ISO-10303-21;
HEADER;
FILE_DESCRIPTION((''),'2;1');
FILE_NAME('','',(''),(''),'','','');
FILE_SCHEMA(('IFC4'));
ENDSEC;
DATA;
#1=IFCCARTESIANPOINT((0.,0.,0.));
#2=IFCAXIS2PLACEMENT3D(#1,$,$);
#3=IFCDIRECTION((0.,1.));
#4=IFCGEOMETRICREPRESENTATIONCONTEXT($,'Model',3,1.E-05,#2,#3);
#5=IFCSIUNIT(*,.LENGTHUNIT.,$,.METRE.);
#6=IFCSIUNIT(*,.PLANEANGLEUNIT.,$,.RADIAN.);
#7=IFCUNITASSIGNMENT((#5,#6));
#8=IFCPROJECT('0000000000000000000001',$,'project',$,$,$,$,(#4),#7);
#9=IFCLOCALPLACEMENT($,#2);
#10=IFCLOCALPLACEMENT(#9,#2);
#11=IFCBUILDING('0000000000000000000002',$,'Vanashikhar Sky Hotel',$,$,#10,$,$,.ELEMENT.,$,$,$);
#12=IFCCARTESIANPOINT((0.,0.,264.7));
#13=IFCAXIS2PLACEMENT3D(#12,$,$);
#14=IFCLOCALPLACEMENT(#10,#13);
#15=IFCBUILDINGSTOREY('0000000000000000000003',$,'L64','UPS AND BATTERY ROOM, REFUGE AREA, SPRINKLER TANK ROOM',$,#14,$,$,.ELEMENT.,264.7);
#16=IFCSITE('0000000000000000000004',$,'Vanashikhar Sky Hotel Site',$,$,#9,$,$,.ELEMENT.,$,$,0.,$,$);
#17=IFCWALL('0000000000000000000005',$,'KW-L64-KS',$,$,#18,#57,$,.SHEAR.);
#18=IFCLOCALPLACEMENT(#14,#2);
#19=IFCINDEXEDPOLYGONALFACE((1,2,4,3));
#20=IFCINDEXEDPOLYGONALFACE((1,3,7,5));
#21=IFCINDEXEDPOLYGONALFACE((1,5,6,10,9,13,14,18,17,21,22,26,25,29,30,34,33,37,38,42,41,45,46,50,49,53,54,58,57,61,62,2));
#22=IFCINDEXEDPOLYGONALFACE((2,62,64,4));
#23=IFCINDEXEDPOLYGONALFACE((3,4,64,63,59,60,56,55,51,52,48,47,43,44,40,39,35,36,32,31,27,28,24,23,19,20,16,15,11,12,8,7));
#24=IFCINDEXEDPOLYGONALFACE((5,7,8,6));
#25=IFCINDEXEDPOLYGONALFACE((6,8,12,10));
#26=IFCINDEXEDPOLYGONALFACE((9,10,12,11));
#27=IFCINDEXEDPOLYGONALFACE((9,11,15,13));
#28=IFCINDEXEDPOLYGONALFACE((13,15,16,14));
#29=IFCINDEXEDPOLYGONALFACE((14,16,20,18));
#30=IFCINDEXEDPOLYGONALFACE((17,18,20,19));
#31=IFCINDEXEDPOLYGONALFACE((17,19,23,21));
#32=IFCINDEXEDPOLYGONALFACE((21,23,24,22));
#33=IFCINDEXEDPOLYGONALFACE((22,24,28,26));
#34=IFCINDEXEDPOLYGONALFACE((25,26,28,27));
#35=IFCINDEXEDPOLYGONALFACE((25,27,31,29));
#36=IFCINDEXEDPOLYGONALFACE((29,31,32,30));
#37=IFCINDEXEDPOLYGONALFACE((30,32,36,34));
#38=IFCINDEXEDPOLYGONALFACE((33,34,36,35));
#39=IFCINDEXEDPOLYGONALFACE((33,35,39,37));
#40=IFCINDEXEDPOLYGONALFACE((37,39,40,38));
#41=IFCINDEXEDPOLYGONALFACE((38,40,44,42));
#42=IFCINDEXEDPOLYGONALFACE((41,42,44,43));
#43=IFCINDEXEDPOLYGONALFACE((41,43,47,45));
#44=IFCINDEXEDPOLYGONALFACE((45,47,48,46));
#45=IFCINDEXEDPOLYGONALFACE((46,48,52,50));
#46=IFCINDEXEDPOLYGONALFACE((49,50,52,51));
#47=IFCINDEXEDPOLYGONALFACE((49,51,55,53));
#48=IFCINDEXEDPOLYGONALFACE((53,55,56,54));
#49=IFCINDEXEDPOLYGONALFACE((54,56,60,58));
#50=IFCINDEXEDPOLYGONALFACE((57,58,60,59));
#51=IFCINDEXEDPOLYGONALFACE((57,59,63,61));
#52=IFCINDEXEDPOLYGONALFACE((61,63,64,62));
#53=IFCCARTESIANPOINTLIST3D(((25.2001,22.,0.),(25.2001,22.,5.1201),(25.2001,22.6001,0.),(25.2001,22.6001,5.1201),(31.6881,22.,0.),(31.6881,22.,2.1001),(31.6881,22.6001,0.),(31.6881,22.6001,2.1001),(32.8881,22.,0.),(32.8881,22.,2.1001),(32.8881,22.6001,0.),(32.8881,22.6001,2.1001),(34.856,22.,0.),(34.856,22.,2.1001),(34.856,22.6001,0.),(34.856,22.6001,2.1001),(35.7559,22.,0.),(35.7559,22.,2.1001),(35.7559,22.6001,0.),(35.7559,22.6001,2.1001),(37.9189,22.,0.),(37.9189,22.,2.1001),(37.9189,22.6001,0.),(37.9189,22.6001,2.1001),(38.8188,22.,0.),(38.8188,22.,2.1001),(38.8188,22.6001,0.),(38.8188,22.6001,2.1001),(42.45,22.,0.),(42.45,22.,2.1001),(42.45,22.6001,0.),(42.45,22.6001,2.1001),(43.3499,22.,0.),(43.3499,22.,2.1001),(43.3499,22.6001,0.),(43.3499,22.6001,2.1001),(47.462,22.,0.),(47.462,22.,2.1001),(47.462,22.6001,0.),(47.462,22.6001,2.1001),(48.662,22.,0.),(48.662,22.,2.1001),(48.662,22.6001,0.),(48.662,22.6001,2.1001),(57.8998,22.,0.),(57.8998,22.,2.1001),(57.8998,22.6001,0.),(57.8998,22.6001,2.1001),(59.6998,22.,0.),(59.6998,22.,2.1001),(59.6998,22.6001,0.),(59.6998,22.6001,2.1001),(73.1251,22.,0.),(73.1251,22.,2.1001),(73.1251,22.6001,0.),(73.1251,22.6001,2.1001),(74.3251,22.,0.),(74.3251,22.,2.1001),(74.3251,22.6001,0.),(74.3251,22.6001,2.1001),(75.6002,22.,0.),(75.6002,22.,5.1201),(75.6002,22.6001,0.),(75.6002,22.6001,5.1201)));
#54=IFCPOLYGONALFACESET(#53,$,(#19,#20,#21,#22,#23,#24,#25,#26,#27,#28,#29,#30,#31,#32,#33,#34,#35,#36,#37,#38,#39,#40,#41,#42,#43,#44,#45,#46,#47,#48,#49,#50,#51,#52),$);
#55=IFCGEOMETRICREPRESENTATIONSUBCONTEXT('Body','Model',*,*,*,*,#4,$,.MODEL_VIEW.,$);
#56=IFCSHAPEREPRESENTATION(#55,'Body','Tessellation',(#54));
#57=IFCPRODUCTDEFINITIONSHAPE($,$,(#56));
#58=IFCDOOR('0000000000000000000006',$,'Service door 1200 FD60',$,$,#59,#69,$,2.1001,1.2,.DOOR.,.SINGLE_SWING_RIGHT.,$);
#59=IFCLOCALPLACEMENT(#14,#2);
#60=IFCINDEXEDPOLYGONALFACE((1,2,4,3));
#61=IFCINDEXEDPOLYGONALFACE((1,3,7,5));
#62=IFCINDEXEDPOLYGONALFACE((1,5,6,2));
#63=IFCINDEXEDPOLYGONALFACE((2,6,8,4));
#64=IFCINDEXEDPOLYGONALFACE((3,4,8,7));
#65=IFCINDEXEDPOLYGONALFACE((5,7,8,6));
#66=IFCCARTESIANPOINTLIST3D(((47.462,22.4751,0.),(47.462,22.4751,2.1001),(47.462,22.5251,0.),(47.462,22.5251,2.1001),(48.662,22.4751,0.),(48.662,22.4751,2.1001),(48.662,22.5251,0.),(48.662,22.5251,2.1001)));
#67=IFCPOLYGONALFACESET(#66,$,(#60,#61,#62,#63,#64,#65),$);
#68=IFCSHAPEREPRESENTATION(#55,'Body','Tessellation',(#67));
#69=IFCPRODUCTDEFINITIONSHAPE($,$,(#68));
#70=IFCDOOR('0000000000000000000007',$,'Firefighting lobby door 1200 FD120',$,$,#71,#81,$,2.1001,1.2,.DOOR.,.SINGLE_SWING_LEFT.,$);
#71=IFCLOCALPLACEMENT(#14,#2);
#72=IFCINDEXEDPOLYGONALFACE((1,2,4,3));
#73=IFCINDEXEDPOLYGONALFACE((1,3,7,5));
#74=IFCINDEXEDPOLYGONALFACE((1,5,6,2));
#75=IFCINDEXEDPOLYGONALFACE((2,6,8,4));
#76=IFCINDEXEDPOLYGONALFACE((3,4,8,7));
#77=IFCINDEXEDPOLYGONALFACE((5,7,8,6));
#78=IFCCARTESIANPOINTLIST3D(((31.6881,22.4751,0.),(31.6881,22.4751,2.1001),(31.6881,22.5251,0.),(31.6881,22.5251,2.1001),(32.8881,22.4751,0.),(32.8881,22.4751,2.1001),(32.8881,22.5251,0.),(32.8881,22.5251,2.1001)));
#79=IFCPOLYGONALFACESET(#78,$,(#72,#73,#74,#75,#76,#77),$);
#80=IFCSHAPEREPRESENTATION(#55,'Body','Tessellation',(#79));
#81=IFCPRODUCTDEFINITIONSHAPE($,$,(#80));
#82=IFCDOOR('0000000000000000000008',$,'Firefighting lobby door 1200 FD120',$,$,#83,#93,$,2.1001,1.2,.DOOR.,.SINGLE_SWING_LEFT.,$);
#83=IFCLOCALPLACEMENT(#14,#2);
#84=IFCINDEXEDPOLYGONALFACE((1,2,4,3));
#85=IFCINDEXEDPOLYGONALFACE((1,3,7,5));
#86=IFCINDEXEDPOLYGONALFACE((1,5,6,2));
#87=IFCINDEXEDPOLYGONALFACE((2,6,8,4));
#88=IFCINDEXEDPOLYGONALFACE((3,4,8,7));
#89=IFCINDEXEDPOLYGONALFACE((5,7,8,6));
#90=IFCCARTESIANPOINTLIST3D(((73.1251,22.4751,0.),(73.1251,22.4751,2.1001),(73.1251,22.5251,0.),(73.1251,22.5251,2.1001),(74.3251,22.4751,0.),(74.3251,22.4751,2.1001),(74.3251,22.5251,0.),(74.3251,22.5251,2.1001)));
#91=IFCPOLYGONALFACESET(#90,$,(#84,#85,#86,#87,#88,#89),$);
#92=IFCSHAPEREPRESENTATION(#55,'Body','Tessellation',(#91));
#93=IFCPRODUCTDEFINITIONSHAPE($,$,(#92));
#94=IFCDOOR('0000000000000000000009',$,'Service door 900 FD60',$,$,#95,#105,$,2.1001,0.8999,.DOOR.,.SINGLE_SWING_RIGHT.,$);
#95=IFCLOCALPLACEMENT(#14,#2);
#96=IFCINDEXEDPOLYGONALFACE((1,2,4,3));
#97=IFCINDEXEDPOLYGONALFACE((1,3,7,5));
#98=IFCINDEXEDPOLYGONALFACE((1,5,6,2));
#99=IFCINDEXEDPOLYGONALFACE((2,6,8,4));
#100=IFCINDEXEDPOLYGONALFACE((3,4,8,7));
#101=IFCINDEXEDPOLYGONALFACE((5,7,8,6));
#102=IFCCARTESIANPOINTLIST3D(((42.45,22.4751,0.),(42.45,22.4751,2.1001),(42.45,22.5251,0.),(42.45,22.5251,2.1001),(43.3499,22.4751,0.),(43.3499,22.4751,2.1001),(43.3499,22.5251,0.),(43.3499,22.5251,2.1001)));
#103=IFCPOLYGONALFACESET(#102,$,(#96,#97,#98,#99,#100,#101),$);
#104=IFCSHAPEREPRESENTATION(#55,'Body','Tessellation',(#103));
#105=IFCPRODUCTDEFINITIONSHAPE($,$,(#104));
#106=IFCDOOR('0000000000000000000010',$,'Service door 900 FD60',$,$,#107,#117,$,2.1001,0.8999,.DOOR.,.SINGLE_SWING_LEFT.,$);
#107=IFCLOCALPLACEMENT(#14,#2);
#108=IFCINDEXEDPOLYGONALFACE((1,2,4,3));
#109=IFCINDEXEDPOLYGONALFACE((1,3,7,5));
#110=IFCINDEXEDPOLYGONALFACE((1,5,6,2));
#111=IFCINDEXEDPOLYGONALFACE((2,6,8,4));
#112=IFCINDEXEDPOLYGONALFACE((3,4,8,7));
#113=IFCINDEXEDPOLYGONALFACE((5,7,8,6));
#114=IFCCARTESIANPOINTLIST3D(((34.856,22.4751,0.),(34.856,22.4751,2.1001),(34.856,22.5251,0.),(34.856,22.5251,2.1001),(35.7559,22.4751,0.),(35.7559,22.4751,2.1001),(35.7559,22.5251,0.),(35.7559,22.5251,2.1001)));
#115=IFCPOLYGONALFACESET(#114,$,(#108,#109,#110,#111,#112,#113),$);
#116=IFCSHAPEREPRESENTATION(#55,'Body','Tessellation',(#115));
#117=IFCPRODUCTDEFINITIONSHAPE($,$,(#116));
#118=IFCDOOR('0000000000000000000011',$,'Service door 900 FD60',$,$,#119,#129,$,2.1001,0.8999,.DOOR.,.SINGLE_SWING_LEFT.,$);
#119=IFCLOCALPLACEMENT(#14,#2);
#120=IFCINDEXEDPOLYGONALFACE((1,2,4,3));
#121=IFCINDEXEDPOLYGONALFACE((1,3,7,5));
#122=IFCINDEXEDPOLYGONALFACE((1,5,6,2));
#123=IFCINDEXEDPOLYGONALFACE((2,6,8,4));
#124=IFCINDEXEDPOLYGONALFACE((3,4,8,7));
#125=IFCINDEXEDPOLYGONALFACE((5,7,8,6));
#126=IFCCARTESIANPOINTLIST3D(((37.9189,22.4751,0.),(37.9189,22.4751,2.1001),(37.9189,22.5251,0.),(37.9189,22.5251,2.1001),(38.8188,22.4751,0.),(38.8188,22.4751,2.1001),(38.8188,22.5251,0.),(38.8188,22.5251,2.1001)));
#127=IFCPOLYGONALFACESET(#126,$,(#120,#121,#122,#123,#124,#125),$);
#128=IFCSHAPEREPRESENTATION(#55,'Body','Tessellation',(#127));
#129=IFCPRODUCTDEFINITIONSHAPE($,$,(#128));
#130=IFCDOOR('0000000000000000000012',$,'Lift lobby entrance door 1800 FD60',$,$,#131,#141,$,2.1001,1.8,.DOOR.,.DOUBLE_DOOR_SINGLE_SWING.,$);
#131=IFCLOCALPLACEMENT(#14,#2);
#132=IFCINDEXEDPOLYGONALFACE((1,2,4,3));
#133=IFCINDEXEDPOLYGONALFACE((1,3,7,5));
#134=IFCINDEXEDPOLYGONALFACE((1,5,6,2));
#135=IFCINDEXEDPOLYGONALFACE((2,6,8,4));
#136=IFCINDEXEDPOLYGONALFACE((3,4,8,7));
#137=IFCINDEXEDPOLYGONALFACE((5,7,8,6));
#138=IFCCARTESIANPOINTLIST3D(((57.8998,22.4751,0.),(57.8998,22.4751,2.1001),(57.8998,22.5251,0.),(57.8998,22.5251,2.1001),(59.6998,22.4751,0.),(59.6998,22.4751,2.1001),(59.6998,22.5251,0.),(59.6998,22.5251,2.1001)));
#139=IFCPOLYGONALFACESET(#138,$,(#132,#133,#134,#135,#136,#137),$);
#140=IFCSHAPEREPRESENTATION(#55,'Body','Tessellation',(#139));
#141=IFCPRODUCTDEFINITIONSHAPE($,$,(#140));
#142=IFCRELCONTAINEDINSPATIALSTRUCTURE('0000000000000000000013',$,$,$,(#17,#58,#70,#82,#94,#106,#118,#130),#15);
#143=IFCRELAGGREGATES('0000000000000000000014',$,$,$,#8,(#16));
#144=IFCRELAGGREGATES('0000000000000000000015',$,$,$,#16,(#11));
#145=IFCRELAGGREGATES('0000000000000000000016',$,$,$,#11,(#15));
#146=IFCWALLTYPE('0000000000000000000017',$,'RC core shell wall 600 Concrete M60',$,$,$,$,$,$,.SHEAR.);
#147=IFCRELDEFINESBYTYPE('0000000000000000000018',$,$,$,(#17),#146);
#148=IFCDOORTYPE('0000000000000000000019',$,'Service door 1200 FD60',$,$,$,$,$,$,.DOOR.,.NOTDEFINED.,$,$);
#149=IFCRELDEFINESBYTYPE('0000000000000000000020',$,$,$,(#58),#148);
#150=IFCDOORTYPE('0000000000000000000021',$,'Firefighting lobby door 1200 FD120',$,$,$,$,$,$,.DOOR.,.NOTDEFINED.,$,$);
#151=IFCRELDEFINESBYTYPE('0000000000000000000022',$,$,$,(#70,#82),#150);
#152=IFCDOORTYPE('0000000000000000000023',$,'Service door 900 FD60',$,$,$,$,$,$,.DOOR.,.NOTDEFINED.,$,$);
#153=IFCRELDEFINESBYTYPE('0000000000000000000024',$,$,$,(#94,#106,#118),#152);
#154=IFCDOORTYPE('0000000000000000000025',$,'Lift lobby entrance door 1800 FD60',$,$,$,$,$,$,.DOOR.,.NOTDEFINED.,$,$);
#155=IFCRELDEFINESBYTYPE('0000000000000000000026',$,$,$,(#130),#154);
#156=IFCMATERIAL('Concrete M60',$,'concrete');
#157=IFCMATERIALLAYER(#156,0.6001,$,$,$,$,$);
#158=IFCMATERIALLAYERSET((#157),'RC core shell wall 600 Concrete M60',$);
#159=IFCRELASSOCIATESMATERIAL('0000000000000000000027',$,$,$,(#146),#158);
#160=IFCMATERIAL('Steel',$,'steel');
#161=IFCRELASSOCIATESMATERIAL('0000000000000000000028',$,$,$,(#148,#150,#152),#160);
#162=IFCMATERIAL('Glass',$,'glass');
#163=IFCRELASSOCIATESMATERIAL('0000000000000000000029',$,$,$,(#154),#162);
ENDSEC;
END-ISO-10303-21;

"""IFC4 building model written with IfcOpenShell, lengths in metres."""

from ifc_helpers import new_model, si_unit, direction, frame, frame_2d, origin, place, context, subcontext, project, spatial, rectangle, extrude, source, transform, mapped, material, layer, layer_set, type_object, element, fill, save


model = new_model("IFC4")

# Units and contexts
model_context = context("Model", 3, precision=1e-05, world=origin(), true_north=direction((0.0, 1.0)))
body_context = subcontext(model_context, "Body", "Model", "MODEL_VIEW")
ifc_project = project(units=[si_unit("LENGTHUNIT", "METRE"), si_unit("PLANEANGLEUNIT", "RADIAN")], contexts=[model_context])

# Site, building, storey
site_placement = place(None, origin())
site = spatial("IfcSite", under=ifc_project, at=site_placement, Name="Vanashikhar Sky Hotel Site", CompositionType="ELEMENT", RefElevation=0.0)
building_placement = place(site_placement, origin())
building = spatial("IfcBuilding", under=site, at=building_placement, Name="Vanashikhar Sky Hotel", CompositionType="ELEMENT")
storey_placement = place(building_placement, frame((0.0, 0.0, 264.7)))
storey = spatial("IfcBuildingStorey", under=building, at=storey_placement, Name="L64", Description="UPS AND BATTERY ROOM, REFUGE AREA, SPRINKLER TANK ROOM", CompositionType="ELEMENT", Elevation=264.7)

# Wall, openings, doors
ifc_material_1 = material(Name="Concrete M60", Category="concrete")
ifc_layer_1 = layer(ifc_material_1, 0.6001)
ifc_layer_set_1 = layer_set([ifc_layer_1], Name="RC core shell wall 600 Concrete M60")
wall_type_1 = type_object("IfcWallType", Name="RC core shell wall 600 Concrete M60", PredefinedType="SHEAR", material=ifc_layer_set_1)
shared_shape_1 = source(origin(), body_context, "Body", "SweptSolid", [
    extrude(rectangle(XDim=50.4001, YDim=0.6001, at=frame_2d((25.2002, 0.0))), origin(), (0.0, 0.0, 1.0), 5.1201),
])
wall_1_placement = place(storey_placement, frame((25.2, 22.3, 0.0), z_axis=(0.0, 0.0, 1.0), x_axis=(1.0, 0.0, 0.0)))
wall_1 = element("IfcWall", 1, at=wall_1_placement, inside=storey, type_object=wall_type_1, Name="KW-L64-KS", PredefinedType="SHEAR", context=body_context, shape_type="MappedRepresentation", body=[
    mapped(shared_shape_1, transform((0.0, 0.0, 0.0), scale=1.0)),
])
shared_shape_2 = source(origin(), body_context, "Body", "SweptSolid", [
    extrude(rectangle(XDim=1.2, YDim=2.1001, at=frame_2d((0.6001, 1.05))), frame((0.0, 0.3101, 0.0), z_axis=(0.0, -1.0, 0.0), x_axis=(1.0, 0.0, 0.0)), (0.0, 0.0, 1.0), 0.6201),
])
opening_1_placement = place(wall_1_placement, frame((22.262, 0.0, 0.0)))
opening_1 = element("IfcOpeningElement", 2, at=opening_1_placement, cuts=wall_1, PredefinedType="OPENING", context=body_context, shape_type="MappedRepresentation", body=[
    mapped(shared_shape_2, transform((0.0, 0.0, 0.0), scale=1.0)),
])
shared_shape_3 = source(origin(), body_context, "Body", "SweptSolid", [
    extrude(rectangle(XDim=0.8999, YDim=2.1001, at=frame_2d((0.45, 1.05))), frame((0.0, 0.3101, 0.0), z_axis=(0.0, -1.0, 0.0), x_axis=(1.0, 0.0, 0.0)), (0.0, 0.0, 1.0), 0.6201),
])
opening_2_placement = place(wall_1_placement, frame((17.25, 0.0, 0.0)))
opening_2 = element("IfcOpeningElement", 3, at=opening_2_placement, cuts=wall_1, PredefinedType="OPENING", context=body_context, shape_type="MappedRepresentation", body=[
    mapped(shared_shape_3, transform((0.0, 0.0, 0.0), scale=1.0)),
])
opening_3_placement = place(wall_1_placement, frame((9.656, 0.0, 0.0)))
opening_3 = element("IfcOpeningElement", 4, at=opening_3_placement, cuts=wall_1, PredefinedType="OPENING", context=body_context, shape_type="MappedRepresentation", body=[
    mapped(shared_shape_3, transform((0.0, 0.0, 0.0), scale=1.0)),
])
opening_4_placement = place(wall_1_placement, frame((12.719, 0.0, 0.0)))
opening_4 = element("IfcOpeningElement", 5, at=opening_4_placement, cuts=wall_1, PredefinedType="OPENING", context=body_context, shape_type="MappedRepresentation", body=[
    mapped(shared_shape_3, transform((0.0, 0.0, 0.0), scale=1.0)),
])
shared_shape_4 = source(origin(), body_context, "Body", "SweptSolid", [
    extrude(rectangle(XDim=1.8, YDim=2.1001, at=frame_2d((0.8999, 1.05))), frame((0.0, 0.3101, 0.0), z_axis=(0.0, -1.0, 0.0), x_axis=(1.0, 0.0, 0.0)), (0.0, 0.0, 1.0), 0.6201),
])
opening_5_placement = place(wall_1_placement, frame((32.7, 0.0, 0.0)))
opening_5 = element("IfcOpeningElement", 6, at=opening_5_placement, cuts=wall_1, PredefinedType="OPENING", context=body_context, shape_type="MappedRepresentation", body=[
    mapped(shared_shape_4, transform((0.0, 0.0, 0.0), scale=1.0)),
])
opening_6_placement = place(wall_1_placement, frame((6.488, 0.0, 0.0)))
opening_6 = element("IfcOpeningElement", 7, at=opening_6_placement, cuts=wall_1, PredefinedType="OPENING", context=body_context, shape_type="MappedRepresentation", body=[
    mapped(shared_shape_2, transform((0.0, 0.0, 0.0), scale=1.0)),
])
opening_7_placement = place(wall_1_placement, frame((47.925, 0.0, 0.0)))
opening_7 = element("IfcOpeningElement", 8, at=opening_7_placement, cuts=wall_1, PredefinedType="OPENING", context=body_context, shape_type="MappedRepresentation", body=[
    mapped(shared_shape_2, transform((0.0, 0.0, 0.0), scale=1.0)),
])
ifc_material_2 = material(Name="Steel", Category="steel")
door_type_1 = type_object("IfcDoorType", Name="Service door 1200 FD60", OperationType="NOTDEFINED", PredefinedType="DOOR", material=ifc_material_2)
shared_shape_5 = source(origin(), body_context, "Body", "SweptSolid", [
    extrude(rectangle(XDim=1.2, YDim=2.1001, at=frame_2d((0.6001, 1.05))), frame((0.0, 0.2251, 0.0), z_axis=(0.0, -1.0, 0.0), x_axis=(1.0, 0.0, 0.0)), (0.0, 0.0, 1.0), 0.05),
])
door_1_placement = place(opening_1_placement, origin())
door_1 = element("IfcDoor", 9, at=door_1_placement, inside=storey, type_object=door_type_1, Name="Service door 1200 FD60", OperationType="SINGLE_SWING_RIGHT", OverallHeight=2.1001, OverallWidth=1.2, PredefinedType="DOOR", context=body_context, shape_type="MappedRepresentation", body=[
    mapped(shared_shape_5, transform((0.0, 0.0, 0.0), scale=1.0)),
])
fill(opening_1, door_1)
door_type_2 = type_object("IfcDoorType", Name="Firefighting lobby door 1200 FD120", OperationType="NOTDEFINED", PredefinedType="DOOR", material=ifc_material_2)
door_2_placement = place(opening_6_placement, origin())
door_2 = element("IfcDoor", 10, at=door_2_placement, inside=storey, type_object=door_type_2, Name="Firefighting lobby door 1200 FD120", OperationType="SINGLE_SWING_LEFT", OverallHeight=2.1001, OverallWidth=1.2, PredefinedType="DOOR", context=body_context, shape_type="MappedRepresentation", body=[
    mapped(shared_shape_5, transform((0.0, 0.0, 0.0), scale=1.0)),
])
fill(opening_6, door_2)
door_3_placement = place(opening_7_placement, origin())
door_3 = element("IfcDoor", 11, at=door_3_placement, inside=storey, type_object=door_type_2, Name="Firefighting lobby door 1200 FD120", OperationType="SINGLE_SWING_LEFT", OverallHeight=2.1001, OverallWidth=1.2, PredefinedType="DOOR", context=body_context, shape_type="MappedRepresentation", body=[
    mapped(shared_shape_5, transform((0.0, 0.0, 0.0), scale=1.0)),
])
fill(opening_7, door_3)
door_type_3 = type_object("IfcDoorType", Name="Service door 900 FD60", OperationType="NOTDEFINED", PredefinedType="DOOR", material=ifc_material_2)
shared_shape_6 = source(origin(), body_context, "Body", "SweptSolid", [
    extrude(rectangle(XDim=0.8999, YDim=2.1001, at=frame_2d((0.45, 1.05))), frame((0.0, 0.2251, 0.0), z_axis=(0.0, -1.0, 0.0), x_axis=(1.0, 0.0, 0.0)), (0.0, 0.0, 1.0), 0.05),
])
door_4_placement = place(opening_2_placement, origin())
door_4 = element("IfcDoor", 12, at=door_4_placement, inside=storey, type_object=door_type_3, Name="Service door 900 FD60", OperationType="SINGLE_SWING_RIGHT", OverallHeight=2.1001, OverallWidth=0.8999, PredefinedType="DOOR", context=body_context, shape_type="MappedRepresentation", body=[
    mapped(shared_shape_6, transform((0.0, 0.0, 0.0), scale=1.0)),
])
fill(opening_2, door_4)
door_5_placement = place(opening_3_placement, origin())
door_5 = element("IfcDoor", 13, at=door_5_placement, inside=storey, type_object=door_type_3, Name="Service door 900 FD60", OperationType="SINGLE_SWING_LEFT", OverallHeight=2.1001, OverallWidth=0.8999, PredefinedType="DOOR", context=body_context, shape_type="MappedRepresentation", body=[
    mapped(shared_shape_6, transform((0.0, 0.0, 0.0), scale=1.0)),
])
fill(opening_3, door_5)
door_6_placement = place(opening_4_placement, origin())
door_6 = element("IfcDoor", 14, at=door_6_placement, inside=storey, type_object=door_type_3, Name="Service door 900 FD60", OperationType="SINGLE_SWING_LEFT", OverallHeight=2.1001, OverallWidth=0.8999, PredefinedType="DOOR", context=body_context, shape_type="MappedRepresentation", body=[
    mapped(shared_shape_6, transform((0.0, 0.0, 0.0), scale=1.0)),
])
fill(opening_4, door_6)
ifc_material_3 = material(Name="Glass", Category="glass")
door_type_4 = type_object("IfcDoorType", Name="Lift lobby entrance door 1800 FD60", OperationType="NOTDEFINED", PredefinedType="DOOR", material=ifc_material_3)
shared_shape_7 = source(origin(), body_context, "Body", "SweptSolid", [
    extrude(rectangle(XDim=1.8, YDim=2.1001, at=frame_2d((0.8999, 1.05))), frame((0.0, 0.2251, 0.0), z_axis=(0.0, -1.0, 0.0), x_axis=(1.0, 0.0, 0.0)), (0.0, 0.0, 1.0), 0.05),
])
door_7_placement = place(opening_5_placement, origin())
door_7 = element("IfcDoor", 15, at=door_7_placement, inside=storey, type_object=door_type_4, Name="Lift lobby entrance door 1800 FD60", OperationType="DOUBLE_DOOR_SINGLE_SWING", OverallHeight=2.1001, OverallWidth=1.8, PredefinedType="DOOR", context=body_context, shape_type="MappedRepresentation", body=[
    mapped(shared_shape_7, transform((0.0, 0.0, 0.0), scale=1.0)),
])
fill(opening_5, door_7)

save(model, "model.ifc")
